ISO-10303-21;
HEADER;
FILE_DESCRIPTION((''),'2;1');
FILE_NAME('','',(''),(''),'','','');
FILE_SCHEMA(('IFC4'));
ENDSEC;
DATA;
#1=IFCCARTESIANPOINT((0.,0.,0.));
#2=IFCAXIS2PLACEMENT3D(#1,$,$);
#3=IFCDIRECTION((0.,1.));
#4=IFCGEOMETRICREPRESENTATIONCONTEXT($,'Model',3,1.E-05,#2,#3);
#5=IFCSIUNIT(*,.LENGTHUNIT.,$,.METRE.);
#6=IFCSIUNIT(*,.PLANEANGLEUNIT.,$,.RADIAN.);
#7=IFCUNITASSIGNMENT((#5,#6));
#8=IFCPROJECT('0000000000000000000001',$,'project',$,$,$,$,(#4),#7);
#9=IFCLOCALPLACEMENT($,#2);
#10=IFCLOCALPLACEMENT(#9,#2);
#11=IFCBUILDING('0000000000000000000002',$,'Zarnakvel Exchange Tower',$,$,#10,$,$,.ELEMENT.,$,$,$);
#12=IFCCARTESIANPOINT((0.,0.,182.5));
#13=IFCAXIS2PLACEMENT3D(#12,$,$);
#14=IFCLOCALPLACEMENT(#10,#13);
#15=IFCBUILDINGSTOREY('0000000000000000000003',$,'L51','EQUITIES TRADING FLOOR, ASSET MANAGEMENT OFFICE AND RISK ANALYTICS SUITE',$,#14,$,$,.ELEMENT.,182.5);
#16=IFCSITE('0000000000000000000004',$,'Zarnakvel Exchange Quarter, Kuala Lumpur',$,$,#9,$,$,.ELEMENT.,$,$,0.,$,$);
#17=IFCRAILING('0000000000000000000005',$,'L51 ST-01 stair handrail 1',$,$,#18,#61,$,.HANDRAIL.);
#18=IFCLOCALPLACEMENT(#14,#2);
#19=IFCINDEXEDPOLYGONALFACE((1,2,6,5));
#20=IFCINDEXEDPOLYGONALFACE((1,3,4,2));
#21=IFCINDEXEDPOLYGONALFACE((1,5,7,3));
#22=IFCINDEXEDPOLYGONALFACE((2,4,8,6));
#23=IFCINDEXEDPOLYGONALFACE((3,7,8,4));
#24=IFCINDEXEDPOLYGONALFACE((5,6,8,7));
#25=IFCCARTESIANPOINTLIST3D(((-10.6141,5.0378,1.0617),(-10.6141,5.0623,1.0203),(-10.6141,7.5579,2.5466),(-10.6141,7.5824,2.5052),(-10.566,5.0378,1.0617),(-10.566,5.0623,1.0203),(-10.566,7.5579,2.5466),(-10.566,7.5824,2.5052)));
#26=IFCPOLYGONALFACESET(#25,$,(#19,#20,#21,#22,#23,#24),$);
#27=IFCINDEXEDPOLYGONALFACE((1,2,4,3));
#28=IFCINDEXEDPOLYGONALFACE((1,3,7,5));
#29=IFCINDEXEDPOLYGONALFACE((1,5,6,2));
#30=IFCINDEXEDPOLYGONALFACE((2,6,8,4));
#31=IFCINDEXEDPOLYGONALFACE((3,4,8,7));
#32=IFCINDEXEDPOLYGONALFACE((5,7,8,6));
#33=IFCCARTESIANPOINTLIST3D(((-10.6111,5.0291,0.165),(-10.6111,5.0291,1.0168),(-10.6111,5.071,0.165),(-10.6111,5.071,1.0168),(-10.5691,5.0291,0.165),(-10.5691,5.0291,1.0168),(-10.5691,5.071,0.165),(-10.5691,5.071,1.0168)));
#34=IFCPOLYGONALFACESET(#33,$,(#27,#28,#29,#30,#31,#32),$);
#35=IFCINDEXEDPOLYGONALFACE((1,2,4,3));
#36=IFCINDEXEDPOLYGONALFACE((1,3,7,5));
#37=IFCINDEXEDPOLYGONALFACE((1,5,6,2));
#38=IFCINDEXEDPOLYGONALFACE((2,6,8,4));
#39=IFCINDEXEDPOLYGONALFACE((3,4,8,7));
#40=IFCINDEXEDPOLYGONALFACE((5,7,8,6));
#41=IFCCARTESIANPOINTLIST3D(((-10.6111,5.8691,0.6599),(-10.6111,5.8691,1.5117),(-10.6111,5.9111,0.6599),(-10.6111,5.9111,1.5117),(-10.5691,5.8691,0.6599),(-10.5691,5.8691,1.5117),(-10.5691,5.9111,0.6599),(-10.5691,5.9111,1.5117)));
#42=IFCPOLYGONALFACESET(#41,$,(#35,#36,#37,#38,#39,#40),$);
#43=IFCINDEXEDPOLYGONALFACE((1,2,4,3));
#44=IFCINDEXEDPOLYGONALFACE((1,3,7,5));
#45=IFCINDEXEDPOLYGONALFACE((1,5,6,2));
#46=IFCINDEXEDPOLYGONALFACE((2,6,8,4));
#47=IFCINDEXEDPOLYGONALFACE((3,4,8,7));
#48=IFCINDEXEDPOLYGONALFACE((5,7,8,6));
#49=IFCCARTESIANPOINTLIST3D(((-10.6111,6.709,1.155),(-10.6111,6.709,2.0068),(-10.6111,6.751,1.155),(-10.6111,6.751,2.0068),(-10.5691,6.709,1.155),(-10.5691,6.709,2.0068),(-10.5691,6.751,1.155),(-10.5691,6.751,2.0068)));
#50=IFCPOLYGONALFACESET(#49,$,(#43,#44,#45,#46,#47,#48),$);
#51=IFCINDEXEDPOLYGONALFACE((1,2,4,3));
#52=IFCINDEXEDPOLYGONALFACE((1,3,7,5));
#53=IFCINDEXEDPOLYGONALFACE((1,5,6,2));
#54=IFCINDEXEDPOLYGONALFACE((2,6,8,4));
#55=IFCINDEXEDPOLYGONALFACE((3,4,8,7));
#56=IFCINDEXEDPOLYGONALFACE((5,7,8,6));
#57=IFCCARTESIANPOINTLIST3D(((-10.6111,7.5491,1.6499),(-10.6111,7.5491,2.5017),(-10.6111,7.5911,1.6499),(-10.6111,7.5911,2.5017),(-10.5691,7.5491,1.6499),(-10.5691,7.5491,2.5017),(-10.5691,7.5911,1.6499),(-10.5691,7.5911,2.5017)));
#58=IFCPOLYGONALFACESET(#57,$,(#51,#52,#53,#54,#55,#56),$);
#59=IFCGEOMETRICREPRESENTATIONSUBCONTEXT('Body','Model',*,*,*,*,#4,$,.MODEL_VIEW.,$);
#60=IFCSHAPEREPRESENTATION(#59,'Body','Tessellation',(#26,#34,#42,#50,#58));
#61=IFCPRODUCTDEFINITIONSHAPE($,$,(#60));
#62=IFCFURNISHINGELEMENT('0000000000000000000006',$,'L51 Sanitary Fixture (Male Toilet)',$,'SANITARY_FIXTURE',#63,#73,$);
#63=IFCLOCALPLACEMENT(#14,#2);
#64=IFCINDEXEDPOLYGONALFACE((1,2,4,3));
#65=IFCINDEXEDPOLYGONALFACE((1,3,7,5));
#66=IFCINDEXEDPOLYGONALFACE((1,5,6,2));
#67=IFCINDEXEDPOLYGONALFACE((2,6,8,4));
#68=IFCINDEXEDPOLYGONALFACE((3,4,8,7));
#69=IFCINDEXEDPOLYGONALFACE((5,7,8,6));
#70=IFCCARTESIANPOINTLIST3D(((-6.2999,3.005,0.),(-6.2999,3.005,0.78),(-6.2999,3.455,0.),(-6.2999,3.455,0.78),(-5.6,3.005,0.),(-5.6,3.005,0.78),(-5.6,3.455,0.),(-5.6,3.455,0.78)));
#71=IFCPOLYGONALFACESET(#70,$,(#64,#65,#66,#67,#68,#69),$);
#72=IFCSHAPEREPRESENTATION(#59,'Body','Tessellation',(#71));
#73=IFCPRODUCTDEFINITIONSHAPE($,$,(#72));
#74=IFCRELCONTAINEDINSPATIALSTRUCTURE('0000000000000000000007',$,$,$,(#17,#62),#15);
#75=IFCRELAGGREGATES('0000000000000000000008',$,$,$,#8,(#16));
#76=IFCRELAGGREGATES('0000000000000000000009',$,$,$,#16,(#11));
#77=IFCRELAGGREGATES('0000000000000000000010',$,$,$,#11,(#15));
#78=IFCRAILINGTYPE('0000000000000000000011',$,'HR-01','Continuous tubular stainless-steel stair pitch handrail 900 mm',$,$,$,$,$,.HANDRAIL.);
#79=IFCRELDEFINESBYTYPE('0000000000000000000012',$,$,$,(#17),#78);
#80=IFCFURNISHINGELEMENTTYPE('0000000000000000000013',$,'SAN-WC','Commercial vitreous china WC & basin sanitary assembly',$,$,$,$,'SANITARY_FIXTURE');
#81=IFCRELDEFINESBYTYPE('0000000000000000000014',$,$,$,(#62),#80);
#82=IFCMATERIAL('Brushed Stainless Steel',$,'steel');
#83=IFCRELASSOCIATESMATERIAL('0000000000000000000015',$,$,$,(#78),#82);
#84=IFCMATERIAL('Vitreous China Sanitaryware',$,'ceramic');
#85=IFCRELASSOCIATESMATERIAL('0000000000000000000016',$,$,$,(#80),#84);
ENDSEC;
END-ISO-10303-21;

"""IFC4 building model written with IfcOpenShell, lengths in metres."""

from ifc_helpers import new_model, si_unit, direction, frame, origin, origin_2d, place, context, subcontext, project, spatial, rectangle, extrude, source, transform, mapped, material, type_object, element, save


model = new_model("IFC4")

# Units and contexts
model_context = context("Model", 3, precision=1e-05, world=origin(), true_north=direction((0.0, 1.0)))
body_context = subcontext(model_context, "Body", "Model", "MODEL_VIEW")
ifc_project = project(units=[si_unit("LENGTHUNIT", "METRE"), si_unit("PLANEANGLEUNIT", "RADIAN")], contexts=[model_context])

# Site, building, storey
site_placement = place(None, origin())
site = spatial("IfcSite", under=ifc_project, at=site_placement, Name="Zarnakvel Exchange Quarter, Kuala Lumpur", CompositionType="ELEMENT", RefElevation=0.0)
building_placement = place(site_placement, origin())
building = spatial("IfcBuilding", under=site, at=building_placement, Name="Zarnakvel Exchange Tower", CompositionType="ELEMENT")
storey_placement = place(building_placement, frame((0.0, 0.0, 182.5)))
storey = spatial("IfcBuildingStorey", under=building, at=storey_placement, Name="L51", Description="EQUITIES TRADING FLOOR, ASSET MANAGEMENT OFFICE AND RISK ANALYTICS SUITE", CompositionType="ELEMENT", Elevation=182.5)

# Shared definitions
ifc_material_1 = material(Name="Brushed Stainless Steel", Category="steel")

# Railing
railing_type = type_object("IfcRailingType", Name="HR-01", Description="Continuous tubular stainless-steel stair pitch handrail 900 mm", PredefinedType="HANDRAIL", material=ifc_material_1)
railing_placement = place(storey_placement, frame((-10.5901, 5.05, 0.165)))
element("IfcRailing", 1, at=railing_placement, inside=storey, type_object=railing_type, Name="L51 ST-01 stair handrail 1", PredefinedType="HANDRAIL", context=body_context, shape_type="SweptSolid", body=[
    extrude(rectangle(XDim=0.0481, YDim=0.0481, at=origin_2d()), frame((0.0, 0.0, 0.876), z_axis=(0.0, 0.861561, 0.507655), x_axis=(-1.0, 0.0, 0.0)), (0.0, 0.0, 1.0), 2.925),
    extrude(rectangle(XDim=0.042, YDim=0.042, at=origin_2d()), origin(), (0.0, 0.0, 1.0), 0.8518),
    extrude(rectangle(XDim=0.042, YDim=0.042, at=origin_2d()), frame((0.0, 0.8401, 0.4949)), (0.0, 0.0, 1.0), 0.8518),
    extrude(rectangle(XDim=0.042, YDim=0.042, at=origin_2d()), frame((0.0, 1.6799, 0.99)), (0.0, 0.0, 1.0), 0.8518),
    extrude(rectangle(XDim=0.042, YDim=0.042, at=origin_2d()), frame((0.0, 2.52, 1.4849)), (0.0, 0.0, 1.0), 0.8518),
])

# Furnishing element
ifc_material_2 = material(Name="Vitreous China Sanitaryware", Category="ceramic")
furnishing_element_type = type_object("IfcFurnishingElementType", Name="SAN-WC", Description="Commercial vitreous china WC & basin sanitary assembly", ElementType="SANITARY_FIXTURE", material=ifc_material_2)
shared_shape_1 = source(origin(), body_context, "Body", "SweptSolid", [
    extrude(rectangle(XDim=0.7, YDim=0.45, at=origin_2d()), origin(), (0.0, 0.0, 1.0), 0.78),
])
furnishing_placement = place(storey_placement, frame((-5.95, 3.23, 0.0), z_axis=(0.0, 0.0, 1.0), x_axis=(1.0, 0.0, 0.0)))
element("IfcFurnishingElement", 2, at=furnishing_placement, inside=storey, type_object=furnishing_element_type, Name="L51 Sanitary Fixture (Male Toilet)", ObjectType="SANITARY_FIXTURE", context=body_context, shape_type="MappedRepresentation", body=[
    mapped(shared_shape_1, transform((0.0, 0.0, 0.0), x_axis=(1.0, 0.0, 0.0), y_axis=(0.0, 1.0, 0.0), z_axis=(0.0, 0.0, 1.0), scale=1.0)),
])

save(model, "model.ifc")
